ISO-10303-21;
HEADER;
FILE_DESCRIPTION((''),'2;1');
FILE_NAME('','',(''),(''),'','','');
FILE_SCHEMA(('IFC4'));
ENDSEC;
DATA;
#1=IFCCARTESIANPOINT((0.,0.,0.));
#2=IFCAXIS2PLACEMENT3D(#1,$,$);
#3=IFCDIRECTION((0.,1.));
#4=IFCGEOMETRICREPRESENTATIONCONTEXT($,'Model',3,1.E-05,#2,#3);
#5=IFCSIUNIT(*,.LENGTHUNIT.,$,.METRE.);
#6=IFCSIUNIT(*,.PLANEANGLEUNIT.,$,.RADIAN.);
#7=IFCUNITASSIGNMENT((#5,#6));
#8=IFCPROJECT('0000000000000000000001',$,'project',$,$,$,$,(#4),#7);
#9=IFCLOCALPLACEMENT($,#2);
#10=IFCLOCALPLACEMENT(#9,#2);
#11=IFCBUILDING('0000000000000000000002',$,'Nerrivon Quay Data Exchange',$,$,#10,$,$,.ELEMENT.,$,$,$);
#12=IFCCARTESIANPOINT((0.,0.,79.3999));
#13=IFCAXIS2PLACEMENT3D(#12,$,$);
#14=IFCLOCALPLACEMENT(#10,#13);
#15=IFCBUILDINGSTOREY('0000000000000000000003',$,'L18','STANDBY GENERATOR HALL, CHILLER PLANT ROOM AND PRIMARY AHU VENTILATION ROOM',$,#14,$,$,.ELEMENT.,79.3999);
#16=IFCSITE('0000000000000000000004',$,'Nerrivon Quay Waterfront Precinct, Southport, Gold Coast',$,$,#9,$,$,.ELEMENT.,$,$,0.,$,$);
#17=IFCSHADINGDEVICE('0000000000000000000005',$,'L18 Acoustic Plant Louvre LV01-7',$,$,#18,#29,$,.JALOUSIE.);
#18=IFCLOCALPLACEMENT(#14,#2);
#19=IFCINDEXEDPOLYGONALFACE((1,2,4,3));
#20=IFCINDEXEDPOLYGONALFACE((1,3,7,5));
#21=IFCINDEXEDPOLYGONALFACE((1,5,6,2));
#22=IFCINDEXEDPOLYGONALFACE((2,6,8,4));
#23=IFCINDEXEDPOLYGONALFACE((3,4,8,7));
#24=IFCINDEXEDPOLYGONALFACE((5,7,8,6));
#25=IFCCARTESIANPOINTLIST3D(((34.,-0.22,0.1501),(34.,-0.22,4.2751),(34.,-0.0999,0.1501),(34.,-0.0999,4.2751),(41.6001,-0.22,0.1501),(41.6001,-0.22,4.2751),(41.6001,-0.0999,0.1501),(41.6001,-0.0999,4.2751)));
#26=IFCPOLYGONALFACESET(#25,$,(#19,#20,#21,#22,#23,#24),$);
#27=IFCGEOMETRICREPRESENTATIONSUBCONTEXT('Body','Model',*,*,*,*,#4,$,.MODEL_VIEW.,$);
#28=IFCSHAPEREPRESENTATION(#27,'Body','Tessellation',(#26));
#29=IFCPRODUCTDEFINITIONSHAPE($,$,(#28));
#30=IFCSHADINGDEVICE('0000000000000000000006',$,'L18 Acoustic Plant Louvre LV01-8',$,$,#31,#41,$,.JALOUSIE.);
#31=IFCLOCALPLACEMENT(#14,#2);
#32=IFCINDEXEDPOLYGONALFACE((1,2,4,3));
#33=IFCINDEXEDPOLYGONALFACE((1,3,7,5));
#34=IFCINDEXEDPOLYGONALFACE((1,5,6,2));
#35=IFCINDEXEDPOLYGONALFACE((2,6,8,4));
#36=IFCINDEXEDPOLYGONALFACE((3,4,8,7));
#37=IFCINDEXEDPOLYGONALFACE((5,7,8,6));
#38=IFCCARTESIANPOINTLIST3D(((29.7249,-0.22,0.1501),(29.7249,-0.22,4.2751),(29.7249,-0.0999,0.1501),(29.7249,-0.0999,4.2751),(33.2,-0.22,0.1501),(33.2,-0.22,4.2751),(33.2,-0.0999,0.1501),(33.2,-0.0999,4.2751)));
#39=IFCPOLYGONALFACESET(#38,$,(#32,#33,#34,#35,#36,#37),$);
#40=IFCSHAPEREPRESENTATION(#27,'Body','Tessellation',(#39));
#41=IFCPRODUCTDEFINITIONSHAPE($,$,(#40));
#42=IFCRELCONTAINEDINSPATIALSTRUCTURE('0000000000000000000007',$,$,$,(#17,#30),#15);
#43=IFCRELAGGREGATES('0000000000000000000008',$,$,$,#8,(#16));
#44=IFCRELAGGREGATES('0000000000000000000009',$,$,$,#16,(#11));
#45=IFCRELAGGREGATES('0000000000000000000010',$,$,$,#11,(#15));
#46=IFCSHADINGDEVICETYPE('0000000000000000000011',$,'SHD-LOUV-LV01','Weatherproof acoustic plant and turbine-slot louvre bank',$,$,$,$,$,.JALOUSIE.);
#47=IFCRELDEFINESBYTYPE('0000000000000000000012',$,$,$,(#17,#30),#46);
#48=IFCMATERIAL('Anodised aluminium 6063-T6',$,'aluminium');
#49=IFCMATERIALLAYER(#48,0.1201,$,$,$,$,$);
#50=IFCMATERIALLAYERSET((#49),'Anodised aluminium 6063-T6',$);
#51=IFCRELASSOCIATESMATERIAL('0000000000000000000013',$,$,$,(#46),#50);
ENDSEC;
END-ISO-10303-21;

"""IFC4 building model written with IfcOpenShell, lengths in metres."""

from ifc_helpers import new_model, si_unit, direction, frame, origin, origin_2d, place, context, subcontext, project, spatial, rectangle, extrude, material, layer, layer_set, type_object, element, save


model = new_model("IFC4")

# Units and contexts
model_context = context("Model", 3, precision=1e-05, world=origin(), true_north=direction((0.0, 1.0)))
body_context = subcontext(model_context, "Body", "Model", "MODEL_VIEW")
ifc_project = project(units=[si_unit("LENGTHUNIT", "METRE"), si_unit("PLANEANGLEUNIT", "RADIAN")], contexts=[model_context])

# Site, building, storey
site_placement = place(None, origin())
site = spatial("IfcSite", under=ifc_project, at=site_placement, Name="Nerrivon Quay Waterfront Precinct, Southport, Gold Coast", CompositionType="ELEMENT", RefElevation=0.0)
building_placement = place(site_placement, origin())
building = spatial("IfcBuilding", under=site, at=building_placement, Name="Nerrivon Quay Data Exchange", CompositionType="ELEMENT")
storey_placement = place(building_placement, frame((0.0, 0.0, 79.3999)))
storey = spatial("IfcBuildingStorey", under=building, at=storey_placement, Name="L18", Description="STANDBY GENERATOR HALL, CHILLER PLANT ROOM AND PRIMARY AHU VENTILATION ROOM", CompositionType="ELEMENT", Elevation=79.3999)

# Shading devices
ifc_material_1 = material(Name="Anodised aluminium 6063-T6", Category="aluminium")
ifc_layer_1 = layer(ifc_material_1, 0.1201)
ifc_layer_set_1 = layer_set([ifc_layer_1], Name="Anodised aluminium 6063-T6")
shading_device_type = type_object("IfcShadingDeviceType", Name="SHD-LOUV-LV01", Description="Weatherproof acoustic plant and turbine-slot louvre bank", PredefinedType="JALOUSIE", material=ifc_layer_set_1)
shading_device_1_placement = place(storey_placement, frame((37.8, -0.1599, 0.1501), z_axis=(0.0, 0.0, 1.0), x_axis=(-1.0, 0.0, 0.0)))
element("IfcShadingDevice", 1, at=shading_device_1_placement, inside=storey, type_object=shading_device_type, Name="L18 Acoustic Plant Louvre LV01-7", PredefinedType="JALOUSIE", context=body_context, shape_type="SweptSolid", body=[
    extrude(rectangle(XDim=7.6001, YDim=0.1201, at=origin_2d()), origin(), (0.0, 0.0, 1.0), 4.125),
])
shading_device_2_placement = place(storey_placement, frame((31.4624, -0.1599, 0.1501), z_axis=(0.0, 0.0, 1.0), x_axis=(-1.0, 0.0, 0.0)))
element("IfcShadingDevice", 2, at=shading_device_2_placement, inside=storey, type_object=shading_device_type, Name="L18 Acoustic Plant Louvre LV01-8", PredefinedType="JALOUSIE", context=body_context, shape_type="SweptSolid", body=[
    extrude(rectangle(XDim=3.4751, YDim=0.1201, at=origin_2d()), origin(), (0.0, 0.0, 1.0), 4.125),
])

save(model, "model.ifc")
